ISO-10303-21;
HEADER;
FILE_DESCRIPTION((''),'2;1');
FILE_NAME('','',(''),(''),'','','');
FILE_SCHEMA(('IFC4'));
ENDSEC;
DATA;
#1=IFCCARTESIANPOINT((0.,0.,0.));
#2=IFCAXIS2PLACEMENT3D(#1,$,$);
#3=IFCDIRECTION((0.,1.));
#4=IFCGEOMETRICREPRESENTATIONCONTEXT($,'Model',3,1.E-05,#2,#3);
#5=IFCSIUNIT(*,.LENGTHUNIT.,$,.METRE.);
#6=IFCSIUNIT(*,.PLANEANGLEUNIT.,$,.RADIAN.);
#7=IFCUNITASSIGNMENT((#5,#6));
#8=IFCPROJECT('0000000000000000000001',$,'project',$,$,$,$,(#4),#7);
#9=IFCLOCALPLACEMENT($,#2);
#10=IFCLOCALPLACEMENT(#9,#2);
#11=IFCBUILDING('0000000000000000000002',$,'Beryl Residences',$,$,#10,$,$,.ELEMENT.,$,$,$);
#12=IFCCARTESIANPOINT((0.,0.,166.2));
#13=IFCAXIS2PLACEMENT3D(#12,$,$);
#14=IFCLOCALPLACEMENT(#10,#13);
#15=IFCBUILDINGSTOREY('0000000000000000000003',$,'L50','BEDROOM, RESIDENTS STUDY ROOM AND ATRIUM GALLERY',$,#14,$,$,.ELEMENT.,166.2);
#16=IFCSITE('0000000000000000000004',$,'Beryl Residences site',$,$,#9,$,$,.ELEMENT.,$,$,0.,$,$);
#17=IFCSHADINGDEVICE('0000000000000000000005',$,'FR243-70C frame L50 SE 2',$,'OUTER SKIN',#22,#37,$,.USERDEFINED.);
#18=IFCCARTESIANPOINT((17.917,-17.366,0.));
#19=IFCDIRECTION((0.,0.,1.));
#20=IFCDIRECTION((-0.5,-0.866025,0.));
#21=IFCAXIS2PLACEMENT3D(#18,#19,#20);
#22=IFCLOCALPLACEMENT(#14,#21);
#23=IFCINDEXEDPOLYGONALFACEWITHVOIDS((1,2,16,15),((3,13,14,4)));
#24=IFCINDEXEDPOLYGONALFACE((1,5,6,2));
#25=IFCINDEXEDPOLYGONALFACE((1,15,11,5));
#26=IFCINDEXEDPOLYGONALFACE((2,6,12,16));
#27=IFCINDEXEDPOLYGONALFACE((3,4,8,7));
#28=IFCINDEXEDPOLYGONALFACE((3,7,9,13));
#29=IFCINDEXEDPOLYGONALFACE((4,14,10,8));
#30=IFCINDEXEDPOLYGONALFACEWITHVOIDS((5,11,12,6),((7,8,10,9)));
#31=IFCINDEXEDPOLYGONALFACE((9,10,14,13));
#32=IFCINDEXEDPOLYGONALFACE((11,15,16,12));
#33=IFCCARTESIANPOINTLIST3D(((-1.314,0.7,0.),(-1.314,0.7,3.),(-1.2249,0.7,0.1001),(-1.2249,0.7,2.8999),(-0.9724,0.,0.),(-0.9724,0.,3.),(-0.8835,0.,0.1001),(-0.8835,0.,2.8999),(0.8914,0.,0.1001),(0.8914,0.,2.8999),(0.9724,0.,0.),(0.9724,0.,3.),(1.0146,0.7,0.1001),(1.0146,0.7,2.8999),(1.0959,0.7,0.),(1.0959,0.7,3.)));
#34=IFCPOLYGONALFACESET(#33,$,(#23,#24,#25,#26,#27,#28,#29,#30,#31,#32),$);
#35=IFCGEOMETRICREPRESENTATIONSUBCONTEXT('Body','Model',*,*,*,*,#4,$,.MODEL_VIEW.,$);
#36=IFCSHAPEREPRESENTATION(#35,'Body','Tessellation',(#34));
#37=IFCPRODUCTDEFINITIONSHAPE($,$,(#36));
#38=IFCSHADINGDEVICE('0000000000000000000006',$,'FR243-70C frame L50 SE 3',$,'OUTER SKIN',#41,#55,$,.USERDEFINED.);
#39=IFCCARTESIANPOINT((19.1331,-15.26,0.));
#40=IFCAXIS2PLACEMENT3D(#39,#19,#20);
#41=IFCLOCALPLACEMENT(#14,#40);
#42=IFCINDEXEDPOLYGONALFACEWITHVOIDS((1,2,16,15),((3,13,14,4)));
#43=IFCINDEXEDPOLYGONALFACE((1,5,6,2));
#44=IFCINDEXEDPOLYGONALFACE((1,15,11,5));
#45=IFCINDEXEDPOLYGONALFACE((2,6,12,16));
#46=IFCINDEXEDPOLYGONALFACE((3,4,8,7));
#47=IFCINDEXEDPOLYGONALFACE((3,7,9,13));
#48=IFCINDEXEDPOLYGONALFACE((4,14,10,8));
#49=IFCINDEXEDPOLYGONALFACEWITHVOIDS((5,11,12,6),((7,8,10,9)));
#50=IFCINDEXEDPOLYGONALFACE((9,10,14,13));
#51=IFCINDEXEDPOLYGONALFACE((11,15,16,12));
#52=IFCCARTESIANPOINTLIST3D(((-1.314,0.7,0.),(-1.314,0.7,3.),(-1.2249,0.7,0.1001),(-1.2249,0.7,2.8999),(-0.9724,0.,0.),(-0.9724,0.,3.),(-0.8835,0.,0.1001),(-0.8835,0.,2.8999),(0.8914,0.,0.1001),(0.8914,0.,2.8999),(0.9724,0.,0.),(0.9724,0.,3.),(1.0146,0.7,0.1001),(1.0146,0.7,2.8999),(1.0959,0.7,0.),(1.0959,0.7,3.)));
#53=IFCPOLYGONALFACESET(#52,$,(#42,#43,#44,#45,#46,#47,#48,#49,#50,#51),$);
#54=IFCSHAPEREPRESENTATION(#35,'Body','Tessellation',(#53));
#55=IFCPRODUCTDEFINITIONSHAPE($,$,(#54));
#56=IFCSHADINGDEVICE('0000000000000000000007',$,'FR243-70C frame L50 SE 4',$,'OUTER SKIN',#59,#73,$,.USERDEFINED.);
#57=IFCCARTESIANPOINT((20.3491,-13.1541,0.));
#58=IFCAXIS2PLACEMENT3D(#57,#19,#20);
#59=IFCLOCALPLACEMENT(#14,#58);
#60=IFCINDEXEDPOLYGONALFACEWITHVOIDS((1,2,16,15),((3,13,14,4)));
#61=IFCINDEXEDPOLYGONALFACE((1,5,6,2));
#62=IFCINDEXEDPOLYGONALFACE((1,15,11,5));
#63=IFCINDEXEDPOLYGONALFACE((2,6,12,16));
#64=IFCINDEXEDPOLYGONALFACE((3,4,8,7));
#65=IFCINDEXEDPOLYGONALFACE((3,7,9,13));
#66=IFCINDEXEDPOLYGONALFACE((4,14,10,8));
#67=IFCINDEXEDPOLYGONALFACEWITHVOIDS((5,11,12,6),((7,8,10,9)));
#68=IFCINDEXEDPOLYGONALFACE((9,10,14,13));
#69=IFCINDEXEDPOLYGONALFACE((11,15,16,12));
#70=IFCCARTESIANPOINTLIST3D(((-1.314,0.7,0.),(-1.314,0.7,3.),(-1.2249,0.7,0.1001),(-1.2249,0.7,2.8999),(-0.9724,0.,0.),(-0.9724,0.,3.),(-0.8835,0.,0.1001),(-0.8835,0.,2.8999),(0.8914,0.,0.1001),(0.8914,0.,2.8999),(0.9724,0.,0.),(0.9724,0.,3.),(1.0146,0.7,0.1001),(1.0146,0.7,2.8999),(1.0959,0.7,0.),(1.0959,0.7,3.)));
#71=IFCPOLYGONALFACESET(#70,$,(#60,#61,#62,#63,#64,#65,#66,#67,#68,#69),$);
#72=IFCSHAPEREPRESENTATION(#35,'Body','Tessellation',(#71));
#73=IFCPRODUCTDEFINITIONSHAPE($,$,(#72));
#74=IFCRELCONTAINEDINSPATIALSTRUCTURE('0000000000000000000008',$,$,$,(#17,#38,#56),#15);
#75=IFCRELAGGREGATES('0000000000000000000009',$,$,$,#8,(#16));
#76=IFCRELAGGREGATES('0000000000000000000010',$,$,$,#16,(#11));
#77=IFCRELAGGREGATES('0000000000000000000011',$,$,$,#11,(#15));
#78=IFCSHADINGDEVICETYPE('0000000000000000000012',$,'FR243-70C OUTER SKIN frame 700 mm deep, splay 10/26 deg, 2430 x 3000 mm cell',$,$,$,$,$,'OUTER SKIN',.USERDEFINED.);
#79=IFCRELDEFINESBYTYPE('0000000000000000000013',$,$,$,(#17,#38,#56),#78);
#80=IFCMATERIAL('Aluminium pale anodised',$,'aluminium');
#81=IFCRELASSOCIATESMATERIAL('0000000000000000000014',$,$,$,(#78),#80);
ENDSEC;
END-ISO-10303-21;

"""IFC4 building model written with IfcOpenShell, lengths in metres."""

from ifc_helpers import new_model, entity, si_unit, direction, frame, origin, place, context, subcontext, project, spatial, source, transform, mapped, material, type_object, type_shapes, element, save


model = new_model("IFC4")

# Units and contexts
model_context = context("Model", 3, precision=1e-05, world=origin(), true_north=direction((0.0, 1.0)))
body_context = subcontext(model_context, "Body", "Model", "MODEL_VIEW")
ifc_project = project(units=[si_unit("LENGTHUNIT", "METRE"), si_unit("PLANEANGLEUNIT", "RADIAN")], contexts=[model_context])

# Site, building, storey
site_placement = place(None, origin())
site = spatial("IfcSite", under=ifc_project, at=site_placement, Name="Beryl Residences site", CompositionType="ELEMENT", RefElevation=0.0)
building_placement = place(site_placement, origin())
building = spatial("IfcBuilding", under=site, at=building_placement, Name="Beryl Residences", CompositionType="ELEMENT")
storey_placement = place(building_placement, frame((0.0, 0.0, 166.2)))
storey = spatial("IfcBuildingStorey", under=building, at=storey_placement, Name="L50", Description="BEDROOM, RESIDENTS STUDY ROOM AND ATRIUM GALLERY", CompositionType="ELEMENT", Elevation=166.2)

# Shading devices
ifc_material_1 = material(Name="Aluminium pale anodised", Category="aluminium")
shading_device_type = type_object("IfcShadingDeviceType", Name="FR243-70C OUTER SKIN frame 700 mm deep, splay 10/26 deg, 2430 x 3000 mm cell", ElementType="OUTER SKIN", PredefinedType="USERDEFINED", material=ifc_material_1)
cartesian_point_1 = entity("IfcCartesianPoint", [-0.9724, 0.0])
cartesian_point_2 = entity("IfcCartesianPoint", [-0.8914, 0.1001])
cartesian_point_3 = entity("IfcCartesianPoint", [-1.0959, 0.0])
cartesian_point_4 = entity("IfcCartesianPoint", [-1.0146, 0.1001])
shared_shape = source(origin(), body_context, "Body", "SweptSolid", [
    entity("IfcExtrudedAreaSolidTapered", entity("IfcArbitraryProfileDefWithVoids", "AREA", None, entity("IfcPolyline", [cartesian_point_1, entity("IfcCartesianPoint", [0.9724, 0.0]), entity("IfcCartesianPoint", [0.9724, 3.0]), entity("IfcCartesianPoint", [-0.9724, 3.0]), cartesian_point_1]), [entity("IfcPolyline", [cartesian_point_2, entity("IfcCartesianPoint", [0.8835, 0.1001]), entity("IfcCartesianPoint", [0.8835, 2.8999]), entity("IfcCartesianPoint", [-0.8914, 2.8999]), cartesian_point_2])]), entity("IfcAxis2Placement3D", entity("IfcCartesianPoint", [0.0, 0.0, 0.0]), entity("IfcDirection", [0.0, 1.0, 0.0]), entity("IfcDirection", [-1.0, 0.0, 0.0])), entity("IfcDirection", [0.0, 0.0, 1.0]), 0.7, entity("IfcArbitraryProfileDefWithVoids", "AREA", None, entity("IfcPolyline", [cartesian_point_3, entity("IfcCartesianPoint", [1.314, 0.0]), entity("IfcCartesianPoint", [1.314, 3.0]), entity("IfcCartesianPoint", [-1.0959, 3.0]), cartesian_point_3]), [entity("IfcPolyline", [cartesian_point_4, entity("IfcCartesianPoint", [1.2249, 0.1001]), entity("IfcCartesianPoint", [1.2249, 2.8999]), entity("IfcCartesianPoint", [-1.0146, 2.8999]), cartesian_point_4])])),
])
type_shapes(shading_device_type, [shared_shape])
for number, where, z_axis, x_axis, name in (
    (1, (17.917, -17.366, 0.0), (0.0, 0.0, 1.0), (-0.5, -0.866025, 0.0), "FR243-70C frame L50 SE 2"),
    (2, (19.1331, -15.26, 0.0), (0.0, 0.0, 1.0), (-0.5, -0.866025, 0.0), "FR243-70C frame L50 SE 3"),
    (3, (20.3491, -13.1541, 0.0), (0.0, 0.0, 1.0), (-0.5, -0.866025, 0.0), "FR243-70C frame L50 SE 4"),
):
    element("IfcShadingDevice", number, at=place(storey_placement, frame(where, z_axis=z_axis, x_axis=x_axis)), inside=storey, type_object=shading_device_type, Name=name, ObjectType="OUTER SKIN", PredefinedType="USERDEFINED", context=body_context, shape_type="MappedRepresentation", body=[
        mapped(shared_shape, transform((0.0, 0.0, 0.0))),
    ])

save(model, "model.ifc")
